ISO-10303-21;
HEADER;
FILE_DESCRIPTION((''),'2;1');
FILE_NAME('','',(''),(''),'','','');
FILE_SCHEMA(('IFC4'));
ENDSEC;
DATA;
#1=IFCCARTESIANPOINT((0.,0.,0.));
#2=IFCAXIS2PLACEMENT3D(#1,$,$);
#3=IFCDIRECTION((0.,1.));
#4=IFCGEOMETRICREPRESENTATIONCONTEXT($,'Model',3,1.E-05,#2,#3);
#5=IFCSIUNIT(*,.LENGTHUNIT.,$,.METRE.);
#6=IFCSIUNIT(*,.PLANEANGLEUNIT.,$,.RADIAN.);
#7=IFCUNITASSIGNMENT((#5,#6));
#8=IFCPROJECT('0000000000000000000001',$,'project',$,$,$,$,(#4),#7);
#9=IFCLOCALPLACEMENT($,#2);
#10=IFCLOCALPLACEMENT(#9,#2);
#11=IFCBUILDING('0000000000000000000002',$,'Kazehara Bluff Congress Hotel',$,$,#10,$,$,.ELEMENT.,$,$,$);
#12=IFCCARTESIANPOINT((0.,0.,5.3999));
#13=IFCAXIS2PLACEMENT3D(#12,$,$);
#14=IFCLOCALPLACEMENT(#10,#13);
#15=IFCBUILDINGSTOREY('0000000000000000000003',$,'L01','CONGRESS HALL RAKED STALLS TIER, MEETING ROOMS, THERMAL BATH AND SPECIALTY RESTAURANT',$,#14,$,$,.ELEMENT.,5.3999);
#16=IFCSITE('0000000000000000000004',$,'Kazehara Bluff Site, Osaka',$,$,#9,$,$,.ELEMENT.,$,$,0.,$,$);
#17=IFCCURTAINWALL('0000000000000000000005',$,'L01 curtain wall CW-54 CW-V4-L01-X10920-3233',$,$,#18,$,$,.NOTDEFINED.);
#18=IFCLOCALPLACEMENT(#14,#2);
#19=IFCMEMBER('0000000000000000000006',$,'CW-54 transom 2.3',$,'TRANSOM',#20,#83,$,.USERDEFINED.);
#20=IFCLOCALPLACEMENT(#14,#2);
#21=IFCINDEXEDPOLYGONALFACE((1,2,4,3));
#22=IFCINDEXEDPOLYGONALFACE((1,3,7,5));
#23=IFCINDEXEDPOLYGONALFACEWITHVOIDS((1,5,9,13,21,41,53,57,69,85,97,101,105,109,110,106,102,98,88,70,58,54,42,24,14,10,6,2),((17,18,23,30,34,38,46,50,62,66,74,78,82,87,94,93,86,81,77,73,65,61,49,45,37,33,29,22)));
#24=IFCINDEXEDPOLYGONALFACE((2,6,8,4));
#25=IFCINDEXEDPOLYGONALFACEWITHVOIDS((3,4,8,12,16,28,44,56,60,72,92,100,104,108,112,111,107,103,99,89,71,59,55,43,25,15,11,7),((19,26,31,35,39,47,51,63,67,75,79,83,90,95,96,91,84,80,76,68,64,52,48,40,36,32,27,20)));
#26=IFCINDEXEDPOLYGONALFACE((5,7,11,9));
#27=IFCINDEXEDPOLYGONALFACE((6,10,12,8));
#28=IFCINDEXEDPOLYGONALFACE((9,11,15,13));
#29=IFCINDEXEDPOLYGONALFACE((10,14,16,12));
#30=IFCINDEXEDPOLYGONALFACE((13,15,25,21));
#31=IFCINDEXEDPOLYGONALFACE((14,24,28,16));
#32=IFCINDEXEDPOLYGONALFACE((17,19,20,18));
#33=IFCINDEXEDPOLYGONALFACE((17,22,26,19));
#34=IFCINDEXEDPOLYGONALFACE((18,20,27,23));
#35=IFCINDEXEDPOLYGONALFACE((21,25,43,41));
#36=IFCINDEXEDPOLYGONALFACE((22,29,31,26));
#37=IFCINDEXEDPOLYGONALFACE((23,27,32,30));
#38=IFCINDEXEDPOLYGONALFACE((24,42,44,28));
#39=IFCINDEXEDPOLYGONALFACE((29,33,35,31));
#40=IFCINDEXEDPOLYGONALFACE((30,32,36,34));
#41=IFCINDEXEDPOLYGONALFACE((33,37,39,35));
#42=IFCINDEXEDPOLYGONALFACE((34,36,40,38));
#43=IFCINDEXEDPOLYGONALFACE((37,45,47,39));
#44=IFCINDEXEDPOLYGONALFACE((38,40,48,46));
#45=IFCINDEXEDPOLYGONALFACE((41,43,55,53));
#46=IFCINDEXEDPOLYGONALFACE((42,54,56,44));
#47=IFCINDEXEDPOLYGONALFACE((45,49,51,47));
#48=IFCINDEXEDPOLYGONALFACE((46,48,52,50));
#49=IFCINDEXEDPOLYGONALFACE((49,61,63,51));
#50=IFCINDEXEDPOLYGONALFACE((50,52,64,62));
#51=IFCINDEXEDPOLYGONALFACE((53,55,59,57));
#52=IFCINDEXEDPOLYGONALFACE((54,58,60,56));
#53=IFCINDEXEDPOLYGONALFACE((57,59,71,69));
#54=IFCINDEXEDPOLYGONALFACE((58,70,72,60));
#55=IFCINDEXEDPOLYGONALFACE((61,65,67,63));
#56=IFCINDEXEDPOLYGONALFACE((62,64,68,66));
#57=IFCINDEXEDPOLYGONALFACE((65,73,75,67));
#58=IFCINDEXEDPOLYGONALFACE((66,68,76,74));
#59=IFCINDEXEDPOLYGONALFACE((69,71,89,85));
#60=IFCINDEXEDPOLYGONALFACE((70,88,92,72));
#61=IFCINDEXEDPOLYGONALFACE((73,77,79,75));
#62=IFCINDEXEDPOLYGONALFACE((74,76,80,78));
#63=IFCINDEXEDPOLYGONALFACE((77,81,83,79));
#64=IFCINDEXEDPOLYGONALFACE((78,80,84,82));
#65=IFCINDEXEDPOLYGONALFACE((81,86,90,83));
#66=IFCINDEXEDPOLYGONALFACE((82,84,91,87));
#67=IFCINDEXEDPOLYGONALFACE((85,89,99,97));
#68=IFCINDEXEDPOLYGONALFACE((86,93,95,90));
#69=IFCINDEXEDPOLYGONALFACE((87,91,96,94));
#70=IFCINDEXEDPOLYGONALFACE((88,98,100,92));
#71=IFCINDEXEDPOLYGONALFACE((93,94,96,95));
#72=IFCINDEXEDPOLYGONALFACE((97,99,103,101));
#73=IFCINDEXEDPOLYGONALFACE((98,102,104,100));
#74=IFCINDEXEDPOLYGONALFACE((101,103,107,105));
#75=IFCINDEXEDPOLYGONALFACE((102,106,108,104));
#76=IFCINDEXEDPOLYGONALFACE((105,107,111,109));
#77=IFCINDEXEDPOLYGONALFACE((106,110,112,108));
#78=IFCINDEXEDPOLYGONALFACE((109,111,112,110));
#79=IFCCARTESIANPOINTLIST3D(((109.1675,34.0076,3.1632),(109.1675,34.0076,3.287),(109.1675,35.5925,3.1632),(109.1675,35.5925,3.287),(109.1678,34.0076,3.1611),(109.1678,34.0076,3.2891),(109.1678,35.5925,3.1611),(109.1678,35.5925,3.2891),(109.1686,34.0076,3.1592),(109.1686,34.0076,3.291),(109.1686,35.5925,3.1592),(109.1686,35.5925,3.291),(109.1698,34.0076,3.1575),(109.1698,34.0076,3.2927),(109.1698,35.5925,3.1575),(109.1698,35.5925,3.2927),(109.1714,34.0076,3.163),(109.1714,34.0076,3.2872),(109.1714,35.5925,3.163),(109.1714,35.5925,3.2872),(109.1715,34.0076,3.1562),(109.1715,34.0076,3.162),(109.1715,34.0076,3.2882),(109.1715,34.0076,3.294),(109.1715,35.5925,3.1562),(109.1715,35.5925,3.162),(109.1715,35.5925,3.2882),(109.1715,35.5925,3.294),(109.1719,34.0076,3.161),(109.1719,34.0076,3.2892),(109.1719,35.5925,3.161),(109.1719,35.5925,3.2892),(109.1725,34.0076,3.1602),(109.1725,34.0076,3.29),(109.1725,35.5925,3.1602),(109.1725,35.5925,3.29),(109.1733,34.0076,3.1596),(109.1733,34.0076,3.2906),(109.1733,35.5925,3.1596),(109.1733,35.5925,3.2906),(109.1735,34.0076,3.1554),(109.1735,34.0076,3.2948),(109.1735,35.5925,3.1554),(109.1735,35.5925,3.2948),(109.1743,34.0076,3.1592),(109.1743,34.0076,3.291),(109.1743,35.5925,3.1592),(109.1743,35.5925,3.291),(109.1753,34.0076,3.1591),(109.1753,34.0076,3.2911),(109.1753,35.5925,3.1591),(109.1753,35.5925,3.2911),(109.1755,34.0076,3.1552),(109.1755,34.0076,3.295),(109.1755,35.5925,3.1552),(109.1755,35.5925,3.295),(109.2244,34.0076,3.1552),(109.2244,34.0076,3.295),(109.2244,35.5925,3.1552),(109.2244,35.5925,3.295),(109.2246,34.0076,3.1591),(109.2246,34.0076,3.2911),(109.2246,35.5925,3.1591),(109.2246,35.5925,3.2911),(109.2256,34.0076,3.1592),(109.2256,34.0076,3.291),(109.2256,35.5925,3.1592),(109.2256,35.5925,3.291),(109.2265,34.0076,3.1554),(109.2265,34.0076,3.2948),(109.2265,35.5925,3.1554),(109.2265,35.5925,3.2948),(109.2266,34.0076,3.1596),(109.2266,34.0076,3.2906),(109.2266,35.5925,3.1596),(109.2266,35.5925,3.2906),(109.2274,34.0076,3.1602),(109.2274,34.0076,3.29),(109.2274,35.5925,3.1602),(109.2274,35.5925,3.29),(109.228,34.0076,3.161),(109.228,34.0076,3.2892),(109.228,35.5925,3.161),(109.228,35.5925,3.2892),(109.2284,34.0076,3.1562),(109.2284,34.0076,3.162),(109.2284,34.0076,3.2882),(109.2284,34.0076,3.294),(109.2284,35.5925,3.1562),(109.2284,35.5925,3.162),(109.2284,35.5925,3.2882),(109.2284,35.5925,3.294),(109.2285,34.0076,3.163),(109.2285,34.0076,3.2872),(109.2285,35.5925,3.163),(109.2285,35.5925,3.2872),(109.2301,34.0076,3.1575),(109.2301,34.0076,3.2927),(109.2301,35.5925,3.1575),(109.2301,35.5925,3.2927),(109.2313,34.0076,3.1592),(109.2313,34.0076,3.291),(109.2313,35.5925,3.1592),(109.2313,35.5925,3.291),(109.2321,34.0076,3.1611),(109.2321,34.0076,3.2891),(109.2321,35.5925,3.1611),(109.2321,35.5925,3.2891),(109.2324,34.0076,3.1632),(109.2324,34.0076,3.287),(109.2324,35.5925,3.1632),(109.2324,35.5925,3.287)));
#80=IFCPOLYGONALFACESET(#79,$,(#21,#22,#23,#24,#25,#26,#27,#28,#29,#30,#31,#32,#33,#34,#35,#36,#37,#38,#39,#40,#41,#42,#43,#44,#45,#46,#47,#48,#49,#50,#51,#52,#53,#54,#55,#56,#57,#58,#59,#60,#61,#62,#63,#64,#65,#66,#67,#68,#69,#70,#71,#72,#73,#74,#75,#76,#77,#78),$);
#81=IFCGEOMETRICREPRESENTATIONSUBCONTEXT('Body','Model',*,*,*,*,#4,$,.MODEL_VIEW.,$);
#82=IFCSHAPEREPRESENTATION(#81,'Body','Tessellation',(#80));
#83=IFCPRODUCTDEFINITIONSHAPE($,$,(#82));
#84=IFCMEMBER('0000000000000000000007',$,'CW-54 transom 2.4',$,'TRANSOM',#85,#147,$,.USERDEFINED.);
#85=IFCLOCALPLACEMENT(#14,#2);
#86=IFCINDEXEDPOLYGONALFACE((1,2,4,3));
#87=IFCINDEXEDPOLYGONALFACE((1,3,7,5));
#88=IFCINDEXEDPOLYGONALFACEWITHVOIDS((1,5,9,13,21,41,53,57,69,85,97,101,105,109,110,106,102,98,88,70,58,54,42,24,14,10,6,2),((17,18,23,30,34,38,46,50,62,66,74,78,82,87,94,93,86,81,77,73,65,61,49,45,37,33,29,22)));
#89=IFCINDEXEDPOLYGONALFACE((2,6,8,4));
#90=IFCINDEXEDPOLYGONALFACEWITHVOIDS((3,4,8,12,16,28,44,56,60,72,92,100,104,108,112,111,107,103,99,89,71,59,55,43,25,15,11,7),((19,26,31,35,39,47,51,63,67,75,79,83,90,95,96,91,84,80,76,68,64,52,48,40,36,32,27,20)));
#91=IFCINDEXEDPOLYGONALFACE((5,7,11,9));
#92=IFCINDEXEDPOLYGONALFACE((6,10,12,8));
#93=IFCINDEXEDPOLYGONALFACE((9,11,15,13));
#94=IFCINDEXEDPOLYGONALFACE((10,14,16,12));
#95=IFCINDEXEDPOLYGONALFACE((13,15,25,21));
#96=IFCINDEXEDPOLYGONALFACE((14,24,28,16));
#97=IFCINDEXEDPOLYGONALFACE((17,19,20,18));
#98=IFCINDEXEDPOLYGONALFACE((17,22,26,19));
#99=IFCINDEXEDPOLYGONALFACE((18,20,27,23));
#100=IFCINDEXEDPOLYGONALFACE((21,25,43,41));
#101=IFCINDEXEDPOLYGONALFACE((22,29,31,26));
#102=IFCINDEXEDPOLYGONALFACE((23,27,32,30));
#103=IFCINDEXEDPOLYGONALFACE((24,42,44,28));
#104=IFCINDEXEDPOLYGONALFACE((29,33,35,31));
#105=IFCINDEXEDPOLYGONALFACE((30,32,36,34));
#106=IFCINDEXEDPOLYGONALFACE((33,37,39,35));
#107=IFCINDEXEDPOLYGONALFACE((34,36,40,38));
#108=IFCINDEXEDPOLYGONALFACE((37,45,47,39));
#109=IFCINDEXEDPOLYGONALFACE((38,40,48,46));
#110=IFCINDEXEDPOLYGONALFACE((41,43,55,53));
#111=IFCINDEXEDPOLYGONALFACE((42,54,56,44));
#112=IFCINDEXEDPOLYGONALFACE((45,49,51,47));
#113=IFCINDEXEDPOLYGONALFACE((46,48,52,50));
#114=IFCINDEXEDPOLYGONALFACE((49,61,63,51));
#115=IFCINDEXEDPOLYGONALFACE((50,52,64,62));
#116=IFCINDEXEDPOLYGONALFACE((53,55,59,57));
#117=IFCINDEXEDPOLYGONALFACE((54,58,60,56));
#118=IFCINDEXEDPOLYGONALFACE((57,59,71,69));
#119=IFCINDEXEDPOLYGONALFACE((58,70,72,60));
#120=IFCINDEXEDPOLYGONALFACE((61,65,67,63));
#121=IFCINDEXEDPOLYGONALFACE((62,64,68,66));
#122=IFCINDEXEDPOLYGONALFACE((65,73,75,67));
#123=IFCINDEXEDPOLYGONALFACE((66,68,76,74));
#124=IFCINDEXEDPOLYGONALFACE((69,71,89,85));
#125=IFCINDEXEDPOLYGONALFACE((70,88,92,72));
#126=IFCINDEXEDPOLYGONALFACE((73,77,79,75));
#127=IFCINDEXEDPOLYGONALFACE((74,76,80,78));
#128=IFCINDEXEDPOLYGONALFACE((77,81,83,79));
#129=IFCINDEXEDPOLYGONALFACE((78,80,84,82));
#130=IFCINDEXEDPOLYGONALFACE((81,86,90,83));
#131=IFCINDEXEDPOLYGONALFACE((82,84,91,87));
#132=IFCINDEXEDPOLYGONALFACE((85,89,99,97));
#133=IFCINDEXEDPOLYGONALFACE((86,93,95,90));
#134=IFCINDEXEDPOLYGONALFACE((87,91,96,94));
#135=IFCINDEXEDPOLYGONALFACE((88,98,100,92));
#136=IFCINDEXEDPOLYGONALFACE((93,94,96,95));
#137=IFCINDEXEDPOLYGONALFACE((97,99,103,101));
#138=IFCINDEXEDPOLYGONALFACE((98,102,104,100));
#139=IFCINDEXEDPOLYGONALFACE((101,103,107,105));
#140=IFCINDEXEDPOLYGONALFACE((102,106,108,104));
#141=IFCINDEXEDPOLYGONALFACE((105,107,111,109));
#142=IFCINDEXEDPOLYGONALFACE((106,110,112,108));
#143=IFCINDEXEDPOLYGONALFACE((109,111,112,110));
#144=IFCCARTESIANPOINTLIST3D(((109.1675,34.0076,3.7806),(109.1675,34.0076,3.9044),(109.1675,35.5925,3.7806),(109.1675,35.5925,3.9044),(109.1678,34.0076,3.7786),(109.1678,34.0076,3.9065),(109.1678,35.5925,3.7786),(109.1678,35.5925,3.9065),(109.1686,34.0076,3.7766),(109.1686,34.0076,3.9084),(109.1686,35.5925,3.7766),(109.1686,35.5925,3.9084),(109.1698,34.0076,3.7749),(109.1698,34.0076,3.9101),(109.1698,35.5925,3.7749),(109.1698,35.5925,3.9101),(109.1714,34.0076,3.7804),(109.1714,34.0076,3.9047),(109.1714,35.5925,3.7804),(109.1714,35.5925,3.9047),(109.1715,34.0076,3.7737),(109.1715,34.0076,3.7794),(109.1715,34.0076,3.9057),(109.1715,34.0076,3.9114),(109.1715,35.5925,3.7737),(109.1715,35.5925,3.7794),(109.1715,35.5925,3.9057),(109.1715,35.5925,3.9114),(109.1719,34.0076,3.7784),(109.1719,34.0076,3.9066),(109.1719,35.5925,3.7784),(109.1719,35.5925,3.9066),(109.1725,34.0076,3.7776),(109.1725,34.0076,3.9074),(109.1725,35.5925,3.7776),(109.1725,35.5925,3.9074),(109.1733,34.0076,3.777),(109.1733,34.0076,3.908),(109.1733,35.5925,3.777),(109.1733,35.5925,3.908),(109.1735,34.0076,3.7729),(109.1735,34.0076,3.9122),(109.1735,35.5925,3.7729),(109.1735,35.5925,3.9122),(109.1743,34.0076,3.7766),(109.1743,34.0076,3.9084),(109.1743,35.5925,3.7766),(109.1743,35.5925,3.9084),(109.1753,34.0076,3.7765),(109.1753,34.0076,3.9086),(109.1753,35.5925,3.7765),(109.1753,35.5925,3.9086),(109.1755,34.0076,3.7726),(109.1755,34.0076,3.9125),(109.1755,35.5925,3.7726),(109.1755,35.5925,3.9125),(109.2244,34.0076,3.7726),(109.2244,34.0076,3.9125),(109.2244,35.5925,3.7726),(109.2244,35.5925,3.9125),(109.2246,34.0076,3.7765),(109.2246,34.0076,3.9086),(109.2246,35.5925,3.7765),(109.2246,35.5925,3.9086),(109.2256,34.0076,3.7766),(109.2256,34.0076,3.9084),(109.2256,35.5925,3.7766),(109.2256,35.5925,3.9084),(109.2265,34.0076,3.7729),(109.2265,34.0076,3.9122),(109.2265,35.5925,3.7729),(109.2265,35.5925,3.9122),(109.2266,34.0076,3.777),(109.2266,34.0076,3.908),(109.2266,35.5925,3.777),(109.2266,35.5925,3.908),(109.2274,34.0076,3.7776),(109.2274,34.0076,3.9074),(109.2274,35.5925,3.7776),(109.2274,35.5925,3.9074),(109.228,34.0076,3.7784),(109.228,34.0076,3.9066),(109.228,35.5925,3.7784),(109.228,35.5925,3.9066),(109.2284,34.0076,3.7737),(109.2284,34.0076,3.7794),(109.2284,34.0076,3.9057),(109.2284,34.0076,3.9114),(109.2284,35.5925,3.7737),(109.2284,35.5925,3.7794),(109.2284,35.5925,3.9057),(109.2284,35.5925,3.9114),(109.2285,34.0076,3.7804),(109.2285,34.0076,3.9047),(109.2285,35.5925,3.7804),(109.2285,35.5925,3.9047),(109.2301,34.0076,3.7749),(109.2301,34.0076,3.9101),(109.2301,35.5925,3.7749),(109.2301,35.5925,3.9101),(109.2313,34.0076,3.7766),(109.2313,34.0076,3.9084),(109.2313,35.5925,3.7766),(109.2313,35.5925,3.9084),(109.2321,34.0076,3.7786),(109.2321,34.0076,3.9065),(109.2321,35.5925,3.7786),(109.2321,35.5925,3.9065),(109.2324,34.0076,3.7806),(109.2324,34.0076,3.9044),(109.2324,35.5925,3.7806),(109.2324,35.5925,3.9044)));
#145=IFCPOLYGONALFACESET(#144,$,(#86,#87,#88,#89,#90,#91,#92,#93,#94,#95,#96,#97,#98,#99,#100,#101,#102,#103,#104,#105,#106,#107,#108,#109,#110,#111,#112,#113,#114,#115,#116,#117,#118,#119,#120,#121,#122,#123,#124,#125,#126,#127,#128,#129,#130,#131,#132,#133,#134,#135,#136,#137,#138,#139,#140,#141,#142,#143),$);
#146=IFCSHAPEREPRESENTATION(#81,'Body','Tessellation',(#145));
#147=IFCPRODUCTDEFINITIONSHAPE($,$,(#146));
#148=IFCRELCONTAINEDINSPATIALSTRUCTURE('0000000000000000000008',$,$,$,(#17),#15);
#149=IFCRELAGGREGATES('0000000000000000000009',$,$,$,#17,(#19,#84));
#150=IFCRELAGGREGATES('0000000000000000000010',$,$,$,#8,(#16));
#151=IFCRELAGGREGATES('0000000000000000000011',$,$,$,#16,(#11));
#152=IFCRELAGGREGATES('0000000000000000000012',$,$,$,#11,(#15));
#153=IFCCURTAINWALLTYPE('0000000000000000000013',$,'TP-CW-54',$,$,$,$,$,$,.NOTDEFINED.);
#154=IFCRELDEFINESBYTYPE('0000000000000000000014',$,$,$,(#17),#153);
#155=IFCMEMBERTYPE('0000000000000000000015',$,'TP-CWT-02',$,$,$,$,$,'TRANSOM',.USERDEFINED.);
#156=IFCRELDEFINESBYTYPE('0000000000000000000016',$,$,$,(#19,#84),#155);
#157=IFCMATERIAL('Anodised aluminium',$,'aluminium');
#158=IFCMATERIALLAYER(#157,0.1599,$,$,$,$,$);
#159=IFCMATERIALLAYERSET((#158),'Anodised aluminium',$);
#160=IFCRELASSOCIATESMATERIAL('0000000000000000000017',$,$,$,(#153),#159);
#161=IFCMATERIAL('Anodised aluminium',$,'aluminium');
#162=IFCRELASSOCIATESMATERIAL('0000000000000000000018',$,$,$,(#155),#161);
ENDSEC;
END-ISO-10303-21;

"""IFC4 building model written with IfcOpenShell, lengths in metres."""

from ifc_helpers import new_model, si_unit, direction, frame, origin, origin_2d, place, context, subcontext, project, spatial, hollow_rectangle, extrude, material, layer, layer_set, material_profile, profile_set, type_object, element, aggregate, save


model = new_model("IFC4")

# Units and contexts
model_context = context("Model", 3, precision=1e-05, world=origin(), true_north=direction((0.0, 1.0)))
body_context = subcontext(model_context, "Body", "Model", "MODEL_VIEW")
ifc_project = project(units=[si_unit("LENGTHUNIT", "METRE"), si_unit("PLANEANGLEUNIT", "RADIAN")], contexts=[model_context])

# Site, building, storey
site_placement = place(None, origin())
site = spatial("IfcSite", under=ifc_project, at=site_placement, Name="Kazehara Bluff Site, Osaka", CompositionType="ELEMENT", RefElevation=0.0)
building_placement = place(site_placement, origin())
building = spatial("IfcBuilding", under=site, at=building_placement, Name="Kazehara Bluff Congress Hotel", CompositionType="ELEMENT")
storey_placement = place(building_placement, frame((0.0, 0.0, 5.3999)))
storey = spatial("IfcBuildingStorey", under=building, at=storey_placement, Name="L01", Description="CONGRESS HALL RAKED STALLS TIER, MEETING ROOMS, THERMAL BATH AND SPECIALTY RESTAURANT", CompositionType="ELEMENT", Elevation=5.3999)

# Curtain wall, members
ifc_material_1 = material(Name="Anodised aluminium", Category="aluminium")
ifc_layer_1 = layer(ifc_material_1, 0.1599)
ifc_layer_set_1 = layer_set([ifc_layer_1], Name="Anodised aluminium")
curtain_wall_type_1 = type_object("IfcCurtainWallType", Name="TP-CW-54", PredefinedType="NOTDEFINED", material=ifc_layer_set_1)
curtain_wall_1_placement = place(storey_placement, origin())
curtain_wall_1 = element("IfcCurtainWall", 1, at=curtain_wall_1_placement, inside=storey, type_object=curtain_wall_type_1, Name="L01 curtain wall CW-54 CW-V4-L01-X10920-3233", PredefinedType="NOTDEFINED")
ifc_material_2 = material(Name="Anodised aluminium", Category="aluminium")
ifc_material_profile_1 = material_profile(ifc_material_2, hollow_rectangle(XDim=0.0649, YDim=0.1399, WallThickness=0.0039, InnerFilletRadius=0.0039, OuterFilletRadius=0.0081, at=origin_2d()))
ifc_profile_set_1 = profile_set([ifc_material_profile_1], Name="Anodised aluminium")
member_type_1 = type_object("IfcMemberType", Name="TP-CWT-02", ElementType="TRANSOM", PredefinedType="USERDEFINED", material=ifc_profile_set_1)
member_1_placement = place(storey_placement, frame((109.2, 34.0076, 3.2251), z_axis=(0.0, 1.0, 0.0), x_axis=(-1.0, 0.0, 0.0)))
member_1 = element("IfcMember", 2, at=member_1_placement, type_object=member_type_1, Name="CW-54 transom 2.3", ObjectType="TRANSOM", PredefinedType="USERDEFINED", context=body_context, shape_type="SweptSolid", body=[
    extrude(hollow_rectangle(XDim=0.0649, YDim=0.1399, WallThickness=0.0039, InnerFilletRadius=0.0039, OuterFilletRadius=0.0081, at=origin_2d()), origin(), (0.0, 0.0, 1.0), 1.585),
])
member_2_placement = place(storey_placement, frame((109.2, 34.0076, 3.8425), z_axis=(0.0, 1.0, 0.0), x_axis=(-1.0, 0.0, 0.0)))
member_2 = element("IfcMember", 3, at=member_2_placement, type_object=member_type_1, Name="CW-54 transom 2.4", ObjectType="TRANSOM", PredefinedType="USERDEFINED", context=body_context, shape_type="SweptSolid", body=[
    extrude(hollow_rectangle(XDim=0.0649, YDim=0.1399, WallThickness=0.0039, InnerFilletRadius=0.0039, OuterFilletRadius=0.0081, at=origin_2d()), origin(), (0.0, 0.0, 1.0), 1.585),
])

aggregate(curtain_wall_1, [member_1, member_2])

save(model, "model.ifc")
